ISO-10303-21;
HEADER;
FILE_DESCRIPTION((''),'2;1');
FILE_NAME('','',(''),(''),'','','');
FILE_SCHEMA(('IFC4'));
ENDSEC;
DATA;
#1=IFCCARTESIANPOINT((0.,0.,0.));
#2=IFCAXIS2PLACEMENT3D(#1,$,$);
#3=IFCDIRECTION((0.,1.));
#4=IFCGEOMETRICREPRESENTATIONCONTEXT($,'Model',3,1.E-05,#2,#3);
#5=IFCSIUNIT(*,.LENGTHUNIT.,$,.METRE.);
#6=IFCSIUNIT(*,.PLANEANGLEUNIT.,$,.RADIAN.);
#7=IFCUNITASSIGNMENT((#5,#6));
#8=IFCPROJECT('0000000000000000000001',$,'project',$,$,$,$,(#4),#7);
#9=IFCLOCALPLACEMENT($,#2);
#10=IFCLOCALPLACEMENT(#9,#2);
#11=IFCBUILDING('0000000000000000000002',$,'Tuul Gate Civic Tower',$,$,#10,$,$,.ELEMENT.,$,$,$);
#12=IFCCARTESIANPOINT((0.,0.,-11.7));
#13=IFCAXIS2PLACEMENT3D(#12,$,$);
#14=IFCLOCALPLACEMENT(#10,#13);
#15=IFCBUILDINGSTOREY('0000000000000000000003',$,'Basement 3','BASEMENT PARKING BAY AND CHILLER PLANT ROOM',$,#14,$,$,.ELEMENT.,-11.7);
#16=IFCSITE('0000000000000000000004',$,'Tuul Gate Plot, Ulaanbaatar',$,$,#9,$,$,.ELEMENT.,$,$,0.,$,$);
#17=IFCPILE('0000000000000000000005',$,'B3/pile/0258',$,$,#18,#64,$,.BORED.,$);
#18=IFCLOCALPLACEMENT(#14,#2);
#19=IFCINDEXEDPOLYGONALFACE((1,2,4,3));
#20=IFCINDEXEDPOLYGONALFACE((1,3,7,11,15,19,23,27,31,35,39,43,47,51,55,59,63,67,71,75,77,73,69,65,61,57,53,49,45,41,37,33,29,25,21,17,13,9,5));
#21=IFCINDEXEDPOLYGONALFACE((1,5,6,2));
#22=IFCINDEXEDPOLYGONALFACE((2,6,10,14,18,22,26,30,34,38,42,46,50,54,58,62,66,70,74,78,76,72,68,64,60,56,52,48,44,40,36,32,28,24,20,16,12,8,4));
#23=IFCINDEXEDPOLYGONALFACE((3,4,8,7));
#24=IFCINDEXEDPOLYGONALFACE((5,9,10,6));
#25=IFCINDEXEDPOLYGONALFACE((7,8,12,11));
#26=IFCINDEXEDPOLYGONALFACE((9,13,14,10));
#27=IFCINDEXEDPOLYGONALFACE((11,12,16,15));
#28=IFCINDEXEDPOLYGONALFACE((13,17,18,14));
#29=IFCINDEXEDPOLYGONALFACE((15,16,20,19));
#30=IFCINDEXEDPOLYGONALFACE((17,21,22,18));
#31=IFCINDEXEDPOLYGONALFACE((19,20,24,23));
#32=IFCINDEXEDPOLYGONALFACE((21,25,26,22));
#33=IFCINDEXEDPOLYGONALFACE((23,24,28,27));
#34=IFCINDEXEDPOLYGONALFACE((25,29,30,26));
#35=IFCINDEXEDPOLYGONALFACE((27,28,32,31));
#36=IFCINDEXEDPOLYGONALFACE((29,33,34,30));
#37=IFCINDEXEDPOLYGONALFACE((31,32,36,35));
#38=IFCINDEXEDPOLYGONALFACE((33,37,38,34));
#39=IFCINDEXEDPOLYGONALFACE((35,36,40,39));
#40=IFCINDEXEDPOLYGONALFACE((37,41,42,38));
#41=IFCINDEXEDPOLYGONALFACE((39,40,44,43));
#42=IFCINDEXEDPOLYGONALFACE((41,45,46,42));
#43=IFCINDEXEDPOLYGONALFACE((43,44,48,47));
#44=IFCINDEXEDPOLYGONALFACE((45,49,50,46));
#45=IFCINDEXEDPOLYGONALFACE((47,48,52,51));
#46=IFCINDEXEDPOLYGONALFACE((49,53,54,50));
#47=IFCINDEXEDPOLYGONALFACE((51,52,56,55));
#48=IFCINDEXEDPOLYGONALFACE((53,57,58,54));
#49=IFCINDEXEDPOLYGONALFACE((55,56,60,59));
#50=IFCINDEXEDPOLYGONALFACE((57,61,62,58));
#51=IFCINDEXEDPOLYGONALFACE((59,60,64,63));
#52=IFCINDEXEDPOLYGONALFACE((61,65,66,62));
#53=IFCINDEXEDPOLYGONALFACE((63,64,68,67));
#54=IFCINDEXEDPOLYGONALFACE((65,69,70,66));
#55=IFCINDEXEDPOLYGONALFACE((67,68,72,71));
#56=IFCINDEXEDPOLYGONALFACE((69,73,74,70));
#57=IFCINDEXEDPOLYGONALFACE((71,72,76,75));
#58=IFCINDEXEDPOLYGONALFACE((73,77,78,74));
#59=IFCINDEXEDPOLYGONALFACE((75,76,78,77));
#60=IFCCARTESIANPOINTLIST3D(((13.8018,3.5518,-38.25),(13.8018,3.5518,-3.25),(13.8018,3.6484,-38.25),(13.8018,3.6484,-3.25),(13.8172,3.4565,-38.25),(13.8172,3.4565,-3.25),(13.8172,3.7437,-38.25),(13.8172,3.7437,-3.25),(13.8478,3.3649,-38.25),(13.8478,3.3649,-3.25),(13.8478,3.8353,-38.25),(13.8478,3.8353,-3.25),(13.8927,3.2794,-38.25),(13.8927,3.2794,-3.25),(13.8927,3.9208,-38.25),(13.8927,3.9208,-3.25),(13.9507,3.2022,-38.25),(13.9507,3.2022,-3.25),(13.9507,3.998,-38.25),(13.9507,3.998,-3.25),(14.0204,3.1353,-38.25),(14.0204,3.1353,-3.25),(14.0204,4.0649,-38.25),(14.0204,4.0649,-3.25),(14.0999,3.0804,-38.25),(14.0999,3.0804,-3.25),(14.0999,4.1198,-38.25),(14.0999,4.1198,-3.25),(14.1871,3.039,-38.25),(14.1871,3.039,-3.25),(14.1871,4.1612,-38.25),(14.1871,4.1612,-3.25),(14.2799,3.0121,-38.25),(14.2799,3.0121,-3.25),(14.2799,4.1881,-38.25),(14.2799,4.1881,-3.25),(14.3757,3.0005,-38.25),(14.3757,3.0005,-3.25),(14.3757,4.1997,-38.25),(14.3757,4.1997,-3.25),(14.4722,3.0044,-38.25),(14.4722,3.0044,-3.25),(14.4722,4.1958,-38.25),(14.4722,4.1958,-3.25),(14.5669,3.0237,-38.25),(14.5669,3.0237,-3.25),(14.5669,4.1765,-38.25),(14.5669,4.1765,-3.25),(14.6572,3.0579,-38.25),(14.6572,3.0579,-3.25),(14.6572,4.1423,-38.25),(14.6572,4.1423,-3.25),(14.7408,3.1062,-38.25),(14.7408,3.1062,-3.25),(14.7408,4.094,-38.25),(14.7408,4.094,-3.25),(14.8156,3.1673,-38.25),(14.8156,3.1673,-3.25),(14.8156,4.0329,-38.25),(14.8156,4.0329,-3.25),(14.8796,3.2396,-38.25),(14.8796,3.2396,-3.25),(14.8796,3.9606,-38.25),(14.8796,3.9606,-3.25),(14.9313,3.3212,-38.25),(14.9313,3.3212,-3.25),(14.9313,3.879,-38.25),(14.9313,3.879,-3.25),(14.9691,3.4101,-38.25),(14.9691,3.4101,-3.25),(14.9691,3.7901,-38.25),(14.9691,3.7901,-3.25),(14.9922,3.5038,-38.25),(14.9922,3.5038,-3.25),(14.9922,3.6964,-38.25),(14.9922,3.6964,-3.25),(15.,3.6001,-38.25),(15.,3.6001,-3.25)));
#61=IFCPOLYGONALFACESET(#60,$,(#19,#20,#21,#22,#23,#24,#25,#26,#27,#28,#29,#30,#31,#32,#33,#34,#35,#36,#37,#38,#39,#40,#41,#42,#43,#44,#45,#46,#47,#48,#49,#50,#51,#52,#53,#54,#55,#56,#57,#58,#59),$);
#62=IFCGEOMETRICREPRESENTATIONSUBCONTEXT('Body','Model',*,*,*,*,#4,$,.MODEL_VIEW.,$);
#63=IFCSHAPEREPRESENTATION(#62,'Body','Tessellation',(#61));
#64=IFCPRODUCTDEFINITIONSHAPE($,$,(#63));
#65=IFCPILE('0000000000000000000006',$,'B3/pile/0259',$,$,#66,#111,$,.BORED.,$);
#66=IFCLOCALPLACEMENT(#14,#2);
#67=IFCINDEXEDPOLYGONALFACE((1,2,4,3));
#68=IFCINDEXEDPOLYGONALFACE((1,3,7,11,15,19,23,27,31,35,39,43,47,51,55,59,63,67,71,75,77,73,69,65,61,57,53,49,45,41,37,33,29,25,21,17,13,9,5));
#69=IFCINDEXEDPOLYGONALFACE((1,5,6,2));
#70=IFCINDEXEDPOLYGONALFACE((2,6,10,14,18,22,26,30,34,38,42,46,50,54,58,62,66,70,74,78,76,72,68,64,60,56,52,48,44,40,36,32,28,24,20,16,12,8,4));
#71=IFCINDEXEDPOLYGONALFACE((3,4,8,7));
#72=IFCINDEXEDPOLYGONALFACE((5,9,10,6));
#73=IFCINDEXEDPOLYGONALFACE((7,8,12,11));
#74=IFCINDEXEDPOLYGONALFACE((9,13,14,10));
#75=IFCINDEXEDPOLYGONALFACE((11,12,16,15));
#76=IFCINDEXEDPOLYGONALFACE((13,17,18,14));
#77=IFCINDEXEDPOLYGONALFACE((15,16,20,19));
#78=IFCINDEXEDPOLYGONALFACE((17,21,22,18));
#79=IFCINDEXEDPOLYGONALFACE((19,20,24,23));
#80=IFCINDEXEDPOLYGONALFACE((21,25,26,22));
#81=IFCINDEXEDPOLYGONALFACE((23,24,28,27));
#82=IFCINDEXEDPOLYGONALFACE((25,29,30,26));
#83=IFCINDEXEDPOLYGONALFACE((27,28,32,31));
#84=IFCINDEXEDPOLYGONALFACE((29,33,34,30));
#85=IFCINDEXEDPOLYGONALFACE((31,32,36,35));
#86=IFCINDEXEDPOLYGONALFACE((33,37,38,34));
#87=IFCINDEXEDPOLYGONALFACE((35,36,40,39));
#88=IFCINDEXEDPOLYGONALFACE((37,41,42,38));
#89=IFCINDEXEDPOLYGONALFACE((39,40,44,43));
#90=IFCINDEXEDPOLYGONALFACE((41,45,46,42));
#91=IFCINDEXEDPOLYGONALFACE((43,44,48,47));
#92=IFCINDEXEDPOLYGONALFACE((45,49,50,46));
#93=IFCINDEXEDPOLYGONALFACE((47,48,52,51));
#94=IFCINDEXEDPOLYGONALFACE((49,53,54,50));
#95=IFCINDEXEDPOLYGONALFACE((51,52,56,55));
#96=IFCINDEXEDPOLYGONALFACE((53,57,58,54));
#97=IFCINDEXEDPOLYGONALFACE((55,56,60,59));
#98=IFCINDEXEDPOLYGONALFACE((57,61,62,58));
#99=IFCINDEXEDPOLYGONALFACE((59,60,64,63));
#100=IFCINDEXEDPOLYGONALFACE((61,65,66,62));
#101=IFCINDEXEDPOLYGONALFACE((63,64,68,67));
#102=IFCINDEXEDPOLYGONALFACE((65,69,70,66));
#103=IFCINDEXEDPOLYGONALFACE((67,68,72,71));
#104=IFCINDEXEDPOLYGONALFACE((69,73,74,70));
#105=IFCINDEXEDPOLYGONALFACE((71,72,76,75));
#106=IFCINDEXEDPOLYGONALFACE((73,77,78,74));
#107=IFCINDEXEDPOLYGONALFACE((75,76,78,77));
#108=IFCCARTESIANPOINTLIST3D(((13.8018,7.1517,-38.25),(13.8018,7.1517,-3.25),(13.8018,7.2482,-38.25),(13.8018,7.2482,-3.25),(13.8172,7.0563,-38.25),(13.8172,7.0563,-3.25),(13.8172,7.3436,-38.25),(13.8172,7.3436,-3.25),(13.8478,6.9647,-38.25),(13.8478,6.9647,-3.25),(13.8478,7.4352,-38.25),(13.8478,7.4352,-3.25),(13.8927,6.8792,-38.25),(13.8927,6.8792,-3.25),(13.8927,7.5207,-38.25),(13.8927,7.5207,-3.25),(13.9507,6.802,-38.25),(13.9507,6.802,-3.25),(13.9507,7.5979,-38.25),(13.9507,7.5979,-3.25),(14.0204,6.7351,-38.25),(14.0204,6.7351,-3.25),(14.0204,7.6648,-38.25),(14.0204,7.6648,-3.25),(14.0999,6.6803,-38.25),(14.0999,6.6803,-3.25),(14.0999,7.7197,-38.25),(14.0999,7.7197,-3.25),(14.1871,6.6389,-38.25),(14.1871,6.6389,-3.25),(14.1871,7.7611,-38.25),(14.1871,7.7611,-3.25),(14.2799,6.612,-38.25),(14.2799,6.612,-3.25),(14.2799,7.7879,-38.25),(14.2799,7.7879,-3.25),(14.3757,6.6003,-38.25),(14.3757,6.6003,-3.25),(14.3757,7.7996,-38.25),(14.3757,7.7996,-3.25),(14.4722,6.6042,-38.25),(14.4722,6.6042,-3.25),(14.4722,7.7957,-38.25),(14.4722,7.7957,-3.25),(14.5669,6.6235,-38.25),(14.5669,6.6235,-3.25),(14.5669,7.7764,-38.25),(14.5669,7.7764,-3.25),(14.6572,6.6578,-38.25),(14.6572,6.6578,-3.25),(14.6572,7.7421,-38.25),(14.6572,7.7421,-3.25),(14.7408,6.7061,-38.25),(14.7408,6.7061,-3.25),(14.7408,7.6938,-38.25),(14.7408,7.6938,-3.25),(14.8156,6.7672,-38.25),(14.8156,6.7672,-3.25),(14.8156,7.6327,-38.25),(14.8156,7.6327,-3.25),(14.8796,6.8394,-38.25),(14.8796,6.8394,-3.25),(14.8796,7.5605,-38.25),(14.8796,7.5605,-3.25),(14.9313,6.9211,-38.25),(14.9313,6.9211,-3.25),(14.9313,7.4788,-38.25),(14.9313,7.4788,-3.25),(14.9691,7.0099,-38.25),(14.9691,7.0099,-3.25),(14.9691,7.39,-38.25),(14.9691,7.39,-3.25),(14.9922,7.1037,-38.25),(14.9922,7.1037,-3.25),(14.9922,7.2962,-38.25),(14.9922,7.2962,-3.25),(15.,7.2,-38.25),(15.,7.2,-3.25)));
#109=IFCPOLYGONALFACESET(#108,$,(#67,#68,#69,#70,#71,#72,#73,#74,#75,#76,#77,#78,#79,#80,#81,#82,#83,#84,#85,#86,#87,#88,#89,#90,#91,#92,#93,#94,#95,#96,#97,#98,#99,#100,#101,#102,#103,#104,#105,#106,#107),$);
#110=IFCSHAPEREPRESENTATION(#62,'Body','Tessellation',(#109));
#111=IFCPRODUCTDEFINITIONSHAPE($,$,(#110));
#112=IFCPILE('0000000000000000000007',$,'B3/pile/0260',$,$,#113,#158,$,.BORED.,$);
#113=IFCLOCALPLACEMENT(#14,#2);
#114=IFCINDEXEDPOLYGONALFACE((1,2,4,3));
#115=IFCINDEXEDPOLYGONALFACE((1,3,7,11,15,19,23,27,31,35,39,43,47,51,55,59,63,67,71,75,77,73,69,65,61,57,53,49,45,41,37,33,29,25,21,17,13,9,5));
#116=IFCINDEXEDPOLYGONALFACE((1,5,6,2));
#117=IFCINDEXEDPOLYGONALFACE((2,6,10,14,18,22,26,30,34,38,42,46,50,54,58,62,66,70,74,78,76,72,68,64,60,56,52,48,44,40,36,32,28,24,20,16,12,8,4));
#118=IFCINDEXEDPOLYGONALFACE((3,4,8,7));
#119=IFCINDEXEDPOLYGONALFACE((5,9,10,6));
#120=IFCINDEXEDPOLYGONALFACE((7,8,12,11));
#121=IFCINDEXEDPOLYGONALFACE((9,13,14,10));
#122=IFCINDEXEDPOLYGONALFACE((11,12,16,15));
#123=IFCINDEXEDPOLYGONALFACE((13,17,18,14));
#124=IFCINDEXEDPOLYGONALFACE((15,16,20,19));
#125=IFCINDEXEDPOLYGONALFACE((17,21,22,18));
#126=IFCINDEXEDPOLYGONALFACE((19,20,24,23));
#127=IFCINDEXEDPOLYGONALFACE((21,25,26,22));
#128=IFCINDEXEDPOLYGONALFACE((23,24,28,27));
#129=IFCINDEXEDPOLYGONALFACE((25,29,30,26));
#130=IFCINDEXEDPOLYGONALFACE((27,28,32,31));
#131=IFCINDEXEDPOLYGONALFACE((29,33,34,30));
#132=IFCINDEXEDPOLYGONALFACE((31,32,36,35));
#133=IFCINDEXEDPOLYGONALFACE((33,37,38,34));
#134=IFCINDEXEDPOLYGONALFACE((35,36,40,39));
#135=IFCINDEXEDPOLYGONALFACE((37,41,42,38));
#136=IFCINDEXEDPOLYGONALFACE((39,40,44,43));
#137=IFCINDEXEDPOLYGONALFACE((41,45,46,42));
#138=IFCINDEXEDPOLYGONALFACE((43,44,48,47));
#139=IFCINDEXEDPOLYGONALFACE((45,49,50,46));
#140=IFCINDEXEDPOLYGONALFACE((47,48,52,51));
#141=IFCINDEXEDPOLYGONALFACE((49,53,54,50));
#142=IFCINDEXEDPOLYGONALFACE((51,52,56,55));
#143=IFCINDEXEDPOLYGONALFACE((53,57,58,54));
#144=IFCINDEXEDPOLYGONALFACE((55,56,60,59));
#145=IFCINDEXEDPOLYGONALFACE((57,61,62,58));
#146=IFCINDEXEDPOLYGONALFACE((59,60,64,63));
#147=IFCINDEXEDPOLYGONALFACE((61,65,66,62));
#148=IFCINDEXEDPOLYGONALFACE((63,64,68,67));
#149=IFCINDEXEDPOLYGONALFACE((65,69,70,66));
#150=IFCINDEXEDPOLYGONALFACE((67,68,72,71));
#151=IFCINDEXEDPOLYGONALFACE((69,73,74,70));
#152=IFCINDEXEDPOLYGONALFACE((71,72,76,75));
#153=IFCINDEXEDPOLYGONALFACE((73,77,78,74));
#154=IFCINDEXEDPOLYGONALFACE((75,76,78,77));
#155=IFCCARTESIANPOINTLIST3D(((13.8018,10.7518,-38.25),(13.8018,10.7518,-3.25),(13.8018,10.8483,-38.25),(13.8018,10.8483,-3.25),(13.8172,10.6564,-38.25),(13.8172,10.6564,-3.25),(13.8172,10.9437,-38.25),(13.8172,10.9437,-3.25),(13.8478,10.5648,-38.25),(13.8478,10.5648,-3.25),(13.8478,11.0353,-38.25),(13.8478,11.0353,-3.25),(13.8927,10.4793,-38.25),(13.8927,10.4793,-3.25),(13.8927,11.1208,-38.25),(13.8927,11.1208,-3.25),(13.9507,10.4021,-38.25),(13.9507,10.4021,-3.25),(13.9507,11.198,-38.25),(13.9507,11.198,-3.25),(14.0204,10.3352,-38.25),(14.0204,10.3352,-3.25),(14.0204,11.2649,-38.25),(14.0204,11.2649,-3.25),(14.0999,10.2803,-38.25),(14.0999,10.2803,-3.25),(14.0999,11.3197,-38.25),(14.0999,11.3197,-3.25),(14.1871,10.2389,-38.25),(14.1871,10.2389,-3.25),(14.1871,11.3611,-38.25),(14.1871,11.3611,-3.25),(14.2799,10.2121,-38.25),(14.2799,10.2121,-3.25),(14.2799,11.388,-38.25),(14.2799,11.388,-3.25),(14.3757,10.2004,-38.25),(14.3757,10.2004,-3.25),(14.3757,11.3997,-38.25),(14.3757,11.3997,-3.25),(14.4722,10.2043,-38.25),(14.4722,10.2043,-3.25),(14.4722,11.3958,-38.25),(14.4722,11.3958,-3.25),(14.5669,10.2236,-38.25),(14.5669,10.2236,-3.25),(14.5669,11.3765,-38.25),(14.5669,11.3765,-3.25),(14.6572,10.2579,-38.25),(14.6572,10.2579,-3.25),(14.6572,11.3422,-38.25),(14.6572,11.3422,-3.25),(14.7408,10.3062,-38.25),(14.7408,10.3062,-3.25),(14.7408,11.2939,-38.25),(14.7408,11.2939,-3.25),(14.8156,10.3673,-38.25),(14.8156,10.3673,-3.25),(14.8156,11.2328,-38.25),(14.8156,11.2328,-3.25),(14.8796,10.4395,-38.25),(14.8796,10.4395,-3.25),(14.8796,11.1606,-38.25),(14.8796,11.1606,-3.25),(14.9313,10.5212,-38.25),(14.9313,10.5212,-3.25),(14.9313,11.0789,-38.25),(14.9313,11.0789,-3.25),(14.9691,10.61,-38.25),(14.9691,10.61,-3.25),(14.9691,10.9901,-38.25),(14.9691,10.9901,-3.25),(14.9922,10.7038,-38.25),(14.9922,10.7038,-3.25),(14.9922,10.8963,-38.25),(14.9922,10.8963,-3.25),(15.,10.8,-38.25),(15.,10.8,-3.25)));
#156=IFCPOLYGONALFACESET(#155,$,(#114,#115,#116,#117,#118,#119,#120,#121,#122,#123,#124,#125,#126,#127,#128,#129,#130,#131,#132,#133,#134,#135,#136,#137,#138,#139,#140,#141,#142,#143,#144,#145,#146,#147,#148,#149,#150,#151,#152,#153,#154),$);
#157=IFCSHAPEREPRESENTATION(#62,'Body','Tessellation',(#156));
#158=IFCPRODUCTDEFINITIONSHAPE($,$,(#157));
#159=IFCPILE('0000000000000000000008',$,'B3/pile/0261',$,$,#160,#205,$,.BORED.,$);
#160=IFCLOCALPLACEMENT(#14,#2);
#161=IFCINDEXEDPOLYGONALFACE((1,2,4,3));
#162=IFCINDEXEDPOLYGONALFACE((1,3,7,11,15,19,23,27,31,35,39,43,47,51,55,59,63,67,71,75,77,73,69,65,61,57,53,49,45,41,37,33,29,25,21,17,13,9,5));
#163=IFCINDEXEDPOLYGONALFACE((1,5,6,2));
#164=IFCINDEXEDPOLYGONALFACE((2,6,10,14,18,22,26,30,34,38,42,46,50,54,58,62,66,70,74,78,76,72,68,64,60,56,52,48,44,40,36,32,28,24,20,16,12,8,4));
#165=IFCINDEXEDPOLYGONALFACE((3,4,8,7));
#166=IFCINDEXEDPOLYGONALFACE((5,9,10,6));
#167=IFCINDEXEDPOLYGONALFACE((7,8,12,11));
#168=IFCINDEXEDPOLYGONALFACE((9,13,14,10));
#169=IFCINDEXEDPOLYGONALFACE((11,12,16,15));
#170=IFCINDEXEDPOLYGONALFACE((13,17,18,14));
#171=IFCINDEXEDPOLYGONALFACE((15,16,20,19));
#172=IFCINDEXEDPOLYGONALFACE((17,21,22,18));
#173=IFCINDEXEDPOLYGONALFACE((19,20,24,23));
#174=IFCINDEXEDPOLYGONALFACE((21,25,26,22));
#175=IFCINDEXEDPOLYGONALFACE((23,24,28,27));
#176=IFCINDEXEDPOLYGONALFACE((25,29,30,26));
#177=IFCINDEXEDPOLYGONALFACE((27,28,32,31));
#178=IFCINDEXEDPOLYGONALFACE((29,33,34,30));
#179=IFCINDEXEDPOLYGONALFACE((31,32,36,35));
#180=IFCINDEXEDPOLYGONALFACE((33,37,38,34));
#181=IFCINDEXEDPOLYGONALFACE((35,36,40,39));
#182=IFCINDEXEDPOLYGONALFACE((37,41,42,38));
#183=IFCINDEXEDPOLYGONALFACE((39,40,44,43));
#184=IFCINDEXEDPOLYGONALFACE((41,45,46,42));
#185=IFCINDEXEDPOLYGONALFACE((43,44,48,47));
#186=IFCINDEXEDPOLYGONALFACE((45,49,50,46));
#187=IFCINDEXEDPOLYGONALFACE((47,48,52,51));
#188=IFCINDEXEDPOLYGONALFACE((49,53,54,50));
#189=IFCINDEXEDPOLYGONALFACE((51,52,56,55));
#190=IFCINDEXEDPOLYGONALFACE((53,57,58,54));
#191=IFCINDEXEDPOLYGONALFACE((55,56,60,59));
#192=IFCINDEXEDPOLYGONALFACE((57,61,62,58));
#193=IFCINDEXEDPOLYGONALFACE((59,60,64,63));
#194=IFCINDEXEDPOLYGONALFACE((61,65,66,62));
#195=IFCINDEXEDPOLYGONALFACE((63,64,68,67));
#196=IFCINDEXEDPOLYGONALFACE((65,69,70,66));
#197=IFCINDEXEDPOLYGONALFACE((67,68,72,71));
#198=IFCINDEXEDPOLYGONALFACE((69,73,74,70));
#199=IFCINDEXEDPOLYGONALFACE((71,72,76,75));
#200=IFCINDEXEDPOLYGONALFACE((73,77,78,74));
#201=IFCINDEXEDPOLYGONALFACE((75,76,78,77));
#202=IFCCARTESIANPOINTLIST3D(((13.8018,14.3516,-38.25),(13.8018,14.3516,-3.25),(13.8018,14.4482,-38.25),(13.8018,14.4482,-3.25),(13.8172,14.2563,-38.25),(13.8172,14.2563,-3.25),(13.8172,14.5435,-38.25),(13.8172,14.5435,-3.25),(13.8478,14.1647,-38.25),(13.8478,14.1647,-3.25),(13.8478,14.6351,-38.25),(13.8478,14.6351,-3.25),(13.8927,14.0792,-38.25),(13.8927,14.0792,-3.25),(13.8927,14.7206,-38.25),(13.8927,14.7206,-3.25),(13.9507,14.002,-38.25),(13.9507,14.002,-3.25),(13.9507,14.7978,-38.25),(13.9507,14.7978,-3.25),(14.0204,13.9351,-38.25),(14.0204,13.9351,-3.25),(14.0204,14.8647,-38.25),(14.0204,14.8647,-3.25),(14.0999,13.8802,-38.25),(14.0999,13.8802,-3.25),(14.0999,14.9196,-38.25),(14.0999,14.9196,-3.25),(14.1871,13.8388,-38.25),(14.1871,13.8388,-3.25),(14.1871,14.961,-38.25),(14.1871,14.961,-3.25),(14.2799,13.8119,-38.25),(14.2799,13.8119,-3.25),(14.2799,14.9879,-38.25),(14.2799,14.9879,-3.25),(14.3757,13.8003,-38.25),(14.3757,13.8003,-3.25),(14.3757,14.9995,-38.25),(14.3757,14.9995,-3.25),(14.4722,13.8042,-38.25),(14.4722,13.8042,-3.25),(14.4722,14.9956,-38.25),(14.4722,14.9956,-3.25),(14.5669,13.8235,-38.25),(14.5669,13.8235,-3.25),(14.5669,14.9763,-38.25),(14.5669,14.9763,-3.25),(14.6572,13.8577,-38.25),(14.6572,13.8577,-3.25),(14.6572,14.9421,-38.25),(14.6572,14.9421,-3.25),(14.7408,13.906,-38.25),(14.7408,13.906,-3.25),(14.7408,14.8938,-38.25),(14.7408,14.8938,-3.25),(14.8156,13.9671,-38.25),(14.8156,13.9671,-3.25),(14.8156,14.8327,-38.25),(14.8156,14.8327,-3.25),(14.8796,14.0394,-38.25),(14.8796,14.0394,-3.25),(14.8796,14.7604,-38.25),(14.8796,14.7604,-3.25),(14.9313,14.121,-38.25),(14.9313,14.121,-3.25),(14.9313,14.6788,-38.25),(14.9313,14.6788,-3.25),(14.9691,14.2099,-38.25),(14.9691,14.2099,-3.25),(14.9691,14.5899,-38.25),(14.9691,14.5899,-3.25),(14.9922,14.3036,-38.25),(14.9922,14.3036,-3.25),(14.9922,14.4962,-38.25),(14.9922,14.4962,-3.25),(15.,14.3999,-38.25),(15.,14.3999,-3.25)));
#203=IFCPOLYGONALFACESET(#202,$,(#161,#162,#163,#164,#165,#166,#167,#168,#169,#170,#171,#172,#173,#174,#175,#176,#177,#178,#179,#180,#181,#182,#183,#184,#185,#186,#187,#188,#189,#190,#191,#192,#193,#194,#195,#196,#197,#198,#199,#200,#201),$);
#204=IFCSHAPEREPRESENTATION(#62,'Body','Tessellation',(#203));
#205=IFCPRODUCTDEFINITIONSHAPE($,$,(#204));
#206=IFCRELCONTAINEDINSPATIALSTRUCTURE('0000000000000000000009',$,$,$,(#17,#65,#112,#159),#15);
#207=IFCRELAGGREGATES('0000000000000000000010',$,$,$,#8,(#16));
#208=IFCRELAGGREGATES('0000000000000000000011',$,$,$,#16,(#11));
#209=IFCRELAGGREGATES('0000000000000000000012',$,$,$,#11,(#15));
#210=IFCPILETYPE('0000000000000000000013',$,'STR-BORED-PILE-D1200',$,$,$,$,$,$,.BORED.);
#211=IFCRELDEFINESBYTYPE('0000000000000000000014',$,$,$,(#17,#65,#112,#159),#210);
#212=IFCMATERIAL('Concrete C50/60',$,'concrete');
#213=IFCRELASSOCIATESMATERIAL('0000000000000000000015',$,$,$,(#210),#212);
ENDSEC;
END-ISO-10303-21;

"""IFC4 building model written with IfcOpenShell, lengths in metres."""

from ifc_helpers import new_model, si_unit, direction, frame, origin, origin_2d, place, context, subcontext, project, spatial, circle, extrude, material, material_profile, profile_set, type_object, element, save


model = new_model("IFC4")

# Units and contexts
model_context = context("Model", 3, precision=1e-05, world=origin(), true_north=direction((0.0, 1.0)))
body_context = subcontext(model_context, "Body", "Model", "MODEL_VIEW")
ifc_project = project(units=[si_unit("LENGTHUNIT", "METRE"), si_unit("PLANEANGLEUNIT", "RADIAN")], contexts=[model_context])

# Site, building, storey
site_placement = place(None, origin())
site = spatial("IfcSite", under=ifc_project, at=site_placement, Name="Tuul Gate Plot, Ulaanbaatar", CompositionType="ELEMENT", RefElevation=0.0)
building_placement = place(site_placement, origin())
building = spatial("IfcBuilding", under=site, at=building_placement, Name="Tuul Gate Civic Tower", CompositionType="ELEMENT")
storey_placement = place(building_placement, frame((0.0, 0.0, -11.7)))
storey = spatial("IfcBuildingStorey", under=building, at=storey_placement, Name="Basement 3", Description="BASEMENT PARKING BAY AND CHILLER PLANT ROOM", CompositionType="ELEMENT", Elevation=-11.7)

# Piles
ifc_material_1 = material(Name="Concrete C50/60", Category="concrete")
ifc_material_profile_1 = material_profile(ifc_material_1, circle(Radius=0.6001, at=origin_2d()), Name="PILE1200")
ifc_profile_set_1 = profile_set([ifc_material_profile_1], Name="Concrete C50/60")
pile_type = type_object("IfcPileType", Name="STR-BORED-PILE-D1200", PredefinedType="BORED", material=ifc_profile_set_1)
for number, where, z_axis, x_axis, name in (
    (1, (14.3999, 3.6001, -3.25), (0.0, 0.0, -1.0), (1.0, 0.0, 0.0), "B3/pile/0258"),
    (2, (14.3999, 7.2, -3.25), (0.0, 0.0, -1.0), (1.0, 0.0, 0.0), "B3/pile/0259"),
    (3, (14.3999, 10.8, -3.25), (0.0, 0.0, -1.0), (1.0, 0.0, 0.0), "B3/pile/0260"),
    (4, (14.3999, 14.3999, -3.25), (0.0, 0.0, -1.0), (1.0, 0.0, 0.0), "B3/pile/0261"),
):
    element("IfcPile", number, at=place(storey_placement, frame(where, z_axis=z_axis, x_axis=x_axis)), inside=storey, type_object=pile_type, Name=name, PredefinedType="BORED", context=body_context, shape_type="SweptSolid", body=[
        extrude(circle(Radius=0.6001, at=origin_2d()), origin(), (0.0, 0.0, 1.0), 35.0),
    ])

save(model, "model.ifc")
